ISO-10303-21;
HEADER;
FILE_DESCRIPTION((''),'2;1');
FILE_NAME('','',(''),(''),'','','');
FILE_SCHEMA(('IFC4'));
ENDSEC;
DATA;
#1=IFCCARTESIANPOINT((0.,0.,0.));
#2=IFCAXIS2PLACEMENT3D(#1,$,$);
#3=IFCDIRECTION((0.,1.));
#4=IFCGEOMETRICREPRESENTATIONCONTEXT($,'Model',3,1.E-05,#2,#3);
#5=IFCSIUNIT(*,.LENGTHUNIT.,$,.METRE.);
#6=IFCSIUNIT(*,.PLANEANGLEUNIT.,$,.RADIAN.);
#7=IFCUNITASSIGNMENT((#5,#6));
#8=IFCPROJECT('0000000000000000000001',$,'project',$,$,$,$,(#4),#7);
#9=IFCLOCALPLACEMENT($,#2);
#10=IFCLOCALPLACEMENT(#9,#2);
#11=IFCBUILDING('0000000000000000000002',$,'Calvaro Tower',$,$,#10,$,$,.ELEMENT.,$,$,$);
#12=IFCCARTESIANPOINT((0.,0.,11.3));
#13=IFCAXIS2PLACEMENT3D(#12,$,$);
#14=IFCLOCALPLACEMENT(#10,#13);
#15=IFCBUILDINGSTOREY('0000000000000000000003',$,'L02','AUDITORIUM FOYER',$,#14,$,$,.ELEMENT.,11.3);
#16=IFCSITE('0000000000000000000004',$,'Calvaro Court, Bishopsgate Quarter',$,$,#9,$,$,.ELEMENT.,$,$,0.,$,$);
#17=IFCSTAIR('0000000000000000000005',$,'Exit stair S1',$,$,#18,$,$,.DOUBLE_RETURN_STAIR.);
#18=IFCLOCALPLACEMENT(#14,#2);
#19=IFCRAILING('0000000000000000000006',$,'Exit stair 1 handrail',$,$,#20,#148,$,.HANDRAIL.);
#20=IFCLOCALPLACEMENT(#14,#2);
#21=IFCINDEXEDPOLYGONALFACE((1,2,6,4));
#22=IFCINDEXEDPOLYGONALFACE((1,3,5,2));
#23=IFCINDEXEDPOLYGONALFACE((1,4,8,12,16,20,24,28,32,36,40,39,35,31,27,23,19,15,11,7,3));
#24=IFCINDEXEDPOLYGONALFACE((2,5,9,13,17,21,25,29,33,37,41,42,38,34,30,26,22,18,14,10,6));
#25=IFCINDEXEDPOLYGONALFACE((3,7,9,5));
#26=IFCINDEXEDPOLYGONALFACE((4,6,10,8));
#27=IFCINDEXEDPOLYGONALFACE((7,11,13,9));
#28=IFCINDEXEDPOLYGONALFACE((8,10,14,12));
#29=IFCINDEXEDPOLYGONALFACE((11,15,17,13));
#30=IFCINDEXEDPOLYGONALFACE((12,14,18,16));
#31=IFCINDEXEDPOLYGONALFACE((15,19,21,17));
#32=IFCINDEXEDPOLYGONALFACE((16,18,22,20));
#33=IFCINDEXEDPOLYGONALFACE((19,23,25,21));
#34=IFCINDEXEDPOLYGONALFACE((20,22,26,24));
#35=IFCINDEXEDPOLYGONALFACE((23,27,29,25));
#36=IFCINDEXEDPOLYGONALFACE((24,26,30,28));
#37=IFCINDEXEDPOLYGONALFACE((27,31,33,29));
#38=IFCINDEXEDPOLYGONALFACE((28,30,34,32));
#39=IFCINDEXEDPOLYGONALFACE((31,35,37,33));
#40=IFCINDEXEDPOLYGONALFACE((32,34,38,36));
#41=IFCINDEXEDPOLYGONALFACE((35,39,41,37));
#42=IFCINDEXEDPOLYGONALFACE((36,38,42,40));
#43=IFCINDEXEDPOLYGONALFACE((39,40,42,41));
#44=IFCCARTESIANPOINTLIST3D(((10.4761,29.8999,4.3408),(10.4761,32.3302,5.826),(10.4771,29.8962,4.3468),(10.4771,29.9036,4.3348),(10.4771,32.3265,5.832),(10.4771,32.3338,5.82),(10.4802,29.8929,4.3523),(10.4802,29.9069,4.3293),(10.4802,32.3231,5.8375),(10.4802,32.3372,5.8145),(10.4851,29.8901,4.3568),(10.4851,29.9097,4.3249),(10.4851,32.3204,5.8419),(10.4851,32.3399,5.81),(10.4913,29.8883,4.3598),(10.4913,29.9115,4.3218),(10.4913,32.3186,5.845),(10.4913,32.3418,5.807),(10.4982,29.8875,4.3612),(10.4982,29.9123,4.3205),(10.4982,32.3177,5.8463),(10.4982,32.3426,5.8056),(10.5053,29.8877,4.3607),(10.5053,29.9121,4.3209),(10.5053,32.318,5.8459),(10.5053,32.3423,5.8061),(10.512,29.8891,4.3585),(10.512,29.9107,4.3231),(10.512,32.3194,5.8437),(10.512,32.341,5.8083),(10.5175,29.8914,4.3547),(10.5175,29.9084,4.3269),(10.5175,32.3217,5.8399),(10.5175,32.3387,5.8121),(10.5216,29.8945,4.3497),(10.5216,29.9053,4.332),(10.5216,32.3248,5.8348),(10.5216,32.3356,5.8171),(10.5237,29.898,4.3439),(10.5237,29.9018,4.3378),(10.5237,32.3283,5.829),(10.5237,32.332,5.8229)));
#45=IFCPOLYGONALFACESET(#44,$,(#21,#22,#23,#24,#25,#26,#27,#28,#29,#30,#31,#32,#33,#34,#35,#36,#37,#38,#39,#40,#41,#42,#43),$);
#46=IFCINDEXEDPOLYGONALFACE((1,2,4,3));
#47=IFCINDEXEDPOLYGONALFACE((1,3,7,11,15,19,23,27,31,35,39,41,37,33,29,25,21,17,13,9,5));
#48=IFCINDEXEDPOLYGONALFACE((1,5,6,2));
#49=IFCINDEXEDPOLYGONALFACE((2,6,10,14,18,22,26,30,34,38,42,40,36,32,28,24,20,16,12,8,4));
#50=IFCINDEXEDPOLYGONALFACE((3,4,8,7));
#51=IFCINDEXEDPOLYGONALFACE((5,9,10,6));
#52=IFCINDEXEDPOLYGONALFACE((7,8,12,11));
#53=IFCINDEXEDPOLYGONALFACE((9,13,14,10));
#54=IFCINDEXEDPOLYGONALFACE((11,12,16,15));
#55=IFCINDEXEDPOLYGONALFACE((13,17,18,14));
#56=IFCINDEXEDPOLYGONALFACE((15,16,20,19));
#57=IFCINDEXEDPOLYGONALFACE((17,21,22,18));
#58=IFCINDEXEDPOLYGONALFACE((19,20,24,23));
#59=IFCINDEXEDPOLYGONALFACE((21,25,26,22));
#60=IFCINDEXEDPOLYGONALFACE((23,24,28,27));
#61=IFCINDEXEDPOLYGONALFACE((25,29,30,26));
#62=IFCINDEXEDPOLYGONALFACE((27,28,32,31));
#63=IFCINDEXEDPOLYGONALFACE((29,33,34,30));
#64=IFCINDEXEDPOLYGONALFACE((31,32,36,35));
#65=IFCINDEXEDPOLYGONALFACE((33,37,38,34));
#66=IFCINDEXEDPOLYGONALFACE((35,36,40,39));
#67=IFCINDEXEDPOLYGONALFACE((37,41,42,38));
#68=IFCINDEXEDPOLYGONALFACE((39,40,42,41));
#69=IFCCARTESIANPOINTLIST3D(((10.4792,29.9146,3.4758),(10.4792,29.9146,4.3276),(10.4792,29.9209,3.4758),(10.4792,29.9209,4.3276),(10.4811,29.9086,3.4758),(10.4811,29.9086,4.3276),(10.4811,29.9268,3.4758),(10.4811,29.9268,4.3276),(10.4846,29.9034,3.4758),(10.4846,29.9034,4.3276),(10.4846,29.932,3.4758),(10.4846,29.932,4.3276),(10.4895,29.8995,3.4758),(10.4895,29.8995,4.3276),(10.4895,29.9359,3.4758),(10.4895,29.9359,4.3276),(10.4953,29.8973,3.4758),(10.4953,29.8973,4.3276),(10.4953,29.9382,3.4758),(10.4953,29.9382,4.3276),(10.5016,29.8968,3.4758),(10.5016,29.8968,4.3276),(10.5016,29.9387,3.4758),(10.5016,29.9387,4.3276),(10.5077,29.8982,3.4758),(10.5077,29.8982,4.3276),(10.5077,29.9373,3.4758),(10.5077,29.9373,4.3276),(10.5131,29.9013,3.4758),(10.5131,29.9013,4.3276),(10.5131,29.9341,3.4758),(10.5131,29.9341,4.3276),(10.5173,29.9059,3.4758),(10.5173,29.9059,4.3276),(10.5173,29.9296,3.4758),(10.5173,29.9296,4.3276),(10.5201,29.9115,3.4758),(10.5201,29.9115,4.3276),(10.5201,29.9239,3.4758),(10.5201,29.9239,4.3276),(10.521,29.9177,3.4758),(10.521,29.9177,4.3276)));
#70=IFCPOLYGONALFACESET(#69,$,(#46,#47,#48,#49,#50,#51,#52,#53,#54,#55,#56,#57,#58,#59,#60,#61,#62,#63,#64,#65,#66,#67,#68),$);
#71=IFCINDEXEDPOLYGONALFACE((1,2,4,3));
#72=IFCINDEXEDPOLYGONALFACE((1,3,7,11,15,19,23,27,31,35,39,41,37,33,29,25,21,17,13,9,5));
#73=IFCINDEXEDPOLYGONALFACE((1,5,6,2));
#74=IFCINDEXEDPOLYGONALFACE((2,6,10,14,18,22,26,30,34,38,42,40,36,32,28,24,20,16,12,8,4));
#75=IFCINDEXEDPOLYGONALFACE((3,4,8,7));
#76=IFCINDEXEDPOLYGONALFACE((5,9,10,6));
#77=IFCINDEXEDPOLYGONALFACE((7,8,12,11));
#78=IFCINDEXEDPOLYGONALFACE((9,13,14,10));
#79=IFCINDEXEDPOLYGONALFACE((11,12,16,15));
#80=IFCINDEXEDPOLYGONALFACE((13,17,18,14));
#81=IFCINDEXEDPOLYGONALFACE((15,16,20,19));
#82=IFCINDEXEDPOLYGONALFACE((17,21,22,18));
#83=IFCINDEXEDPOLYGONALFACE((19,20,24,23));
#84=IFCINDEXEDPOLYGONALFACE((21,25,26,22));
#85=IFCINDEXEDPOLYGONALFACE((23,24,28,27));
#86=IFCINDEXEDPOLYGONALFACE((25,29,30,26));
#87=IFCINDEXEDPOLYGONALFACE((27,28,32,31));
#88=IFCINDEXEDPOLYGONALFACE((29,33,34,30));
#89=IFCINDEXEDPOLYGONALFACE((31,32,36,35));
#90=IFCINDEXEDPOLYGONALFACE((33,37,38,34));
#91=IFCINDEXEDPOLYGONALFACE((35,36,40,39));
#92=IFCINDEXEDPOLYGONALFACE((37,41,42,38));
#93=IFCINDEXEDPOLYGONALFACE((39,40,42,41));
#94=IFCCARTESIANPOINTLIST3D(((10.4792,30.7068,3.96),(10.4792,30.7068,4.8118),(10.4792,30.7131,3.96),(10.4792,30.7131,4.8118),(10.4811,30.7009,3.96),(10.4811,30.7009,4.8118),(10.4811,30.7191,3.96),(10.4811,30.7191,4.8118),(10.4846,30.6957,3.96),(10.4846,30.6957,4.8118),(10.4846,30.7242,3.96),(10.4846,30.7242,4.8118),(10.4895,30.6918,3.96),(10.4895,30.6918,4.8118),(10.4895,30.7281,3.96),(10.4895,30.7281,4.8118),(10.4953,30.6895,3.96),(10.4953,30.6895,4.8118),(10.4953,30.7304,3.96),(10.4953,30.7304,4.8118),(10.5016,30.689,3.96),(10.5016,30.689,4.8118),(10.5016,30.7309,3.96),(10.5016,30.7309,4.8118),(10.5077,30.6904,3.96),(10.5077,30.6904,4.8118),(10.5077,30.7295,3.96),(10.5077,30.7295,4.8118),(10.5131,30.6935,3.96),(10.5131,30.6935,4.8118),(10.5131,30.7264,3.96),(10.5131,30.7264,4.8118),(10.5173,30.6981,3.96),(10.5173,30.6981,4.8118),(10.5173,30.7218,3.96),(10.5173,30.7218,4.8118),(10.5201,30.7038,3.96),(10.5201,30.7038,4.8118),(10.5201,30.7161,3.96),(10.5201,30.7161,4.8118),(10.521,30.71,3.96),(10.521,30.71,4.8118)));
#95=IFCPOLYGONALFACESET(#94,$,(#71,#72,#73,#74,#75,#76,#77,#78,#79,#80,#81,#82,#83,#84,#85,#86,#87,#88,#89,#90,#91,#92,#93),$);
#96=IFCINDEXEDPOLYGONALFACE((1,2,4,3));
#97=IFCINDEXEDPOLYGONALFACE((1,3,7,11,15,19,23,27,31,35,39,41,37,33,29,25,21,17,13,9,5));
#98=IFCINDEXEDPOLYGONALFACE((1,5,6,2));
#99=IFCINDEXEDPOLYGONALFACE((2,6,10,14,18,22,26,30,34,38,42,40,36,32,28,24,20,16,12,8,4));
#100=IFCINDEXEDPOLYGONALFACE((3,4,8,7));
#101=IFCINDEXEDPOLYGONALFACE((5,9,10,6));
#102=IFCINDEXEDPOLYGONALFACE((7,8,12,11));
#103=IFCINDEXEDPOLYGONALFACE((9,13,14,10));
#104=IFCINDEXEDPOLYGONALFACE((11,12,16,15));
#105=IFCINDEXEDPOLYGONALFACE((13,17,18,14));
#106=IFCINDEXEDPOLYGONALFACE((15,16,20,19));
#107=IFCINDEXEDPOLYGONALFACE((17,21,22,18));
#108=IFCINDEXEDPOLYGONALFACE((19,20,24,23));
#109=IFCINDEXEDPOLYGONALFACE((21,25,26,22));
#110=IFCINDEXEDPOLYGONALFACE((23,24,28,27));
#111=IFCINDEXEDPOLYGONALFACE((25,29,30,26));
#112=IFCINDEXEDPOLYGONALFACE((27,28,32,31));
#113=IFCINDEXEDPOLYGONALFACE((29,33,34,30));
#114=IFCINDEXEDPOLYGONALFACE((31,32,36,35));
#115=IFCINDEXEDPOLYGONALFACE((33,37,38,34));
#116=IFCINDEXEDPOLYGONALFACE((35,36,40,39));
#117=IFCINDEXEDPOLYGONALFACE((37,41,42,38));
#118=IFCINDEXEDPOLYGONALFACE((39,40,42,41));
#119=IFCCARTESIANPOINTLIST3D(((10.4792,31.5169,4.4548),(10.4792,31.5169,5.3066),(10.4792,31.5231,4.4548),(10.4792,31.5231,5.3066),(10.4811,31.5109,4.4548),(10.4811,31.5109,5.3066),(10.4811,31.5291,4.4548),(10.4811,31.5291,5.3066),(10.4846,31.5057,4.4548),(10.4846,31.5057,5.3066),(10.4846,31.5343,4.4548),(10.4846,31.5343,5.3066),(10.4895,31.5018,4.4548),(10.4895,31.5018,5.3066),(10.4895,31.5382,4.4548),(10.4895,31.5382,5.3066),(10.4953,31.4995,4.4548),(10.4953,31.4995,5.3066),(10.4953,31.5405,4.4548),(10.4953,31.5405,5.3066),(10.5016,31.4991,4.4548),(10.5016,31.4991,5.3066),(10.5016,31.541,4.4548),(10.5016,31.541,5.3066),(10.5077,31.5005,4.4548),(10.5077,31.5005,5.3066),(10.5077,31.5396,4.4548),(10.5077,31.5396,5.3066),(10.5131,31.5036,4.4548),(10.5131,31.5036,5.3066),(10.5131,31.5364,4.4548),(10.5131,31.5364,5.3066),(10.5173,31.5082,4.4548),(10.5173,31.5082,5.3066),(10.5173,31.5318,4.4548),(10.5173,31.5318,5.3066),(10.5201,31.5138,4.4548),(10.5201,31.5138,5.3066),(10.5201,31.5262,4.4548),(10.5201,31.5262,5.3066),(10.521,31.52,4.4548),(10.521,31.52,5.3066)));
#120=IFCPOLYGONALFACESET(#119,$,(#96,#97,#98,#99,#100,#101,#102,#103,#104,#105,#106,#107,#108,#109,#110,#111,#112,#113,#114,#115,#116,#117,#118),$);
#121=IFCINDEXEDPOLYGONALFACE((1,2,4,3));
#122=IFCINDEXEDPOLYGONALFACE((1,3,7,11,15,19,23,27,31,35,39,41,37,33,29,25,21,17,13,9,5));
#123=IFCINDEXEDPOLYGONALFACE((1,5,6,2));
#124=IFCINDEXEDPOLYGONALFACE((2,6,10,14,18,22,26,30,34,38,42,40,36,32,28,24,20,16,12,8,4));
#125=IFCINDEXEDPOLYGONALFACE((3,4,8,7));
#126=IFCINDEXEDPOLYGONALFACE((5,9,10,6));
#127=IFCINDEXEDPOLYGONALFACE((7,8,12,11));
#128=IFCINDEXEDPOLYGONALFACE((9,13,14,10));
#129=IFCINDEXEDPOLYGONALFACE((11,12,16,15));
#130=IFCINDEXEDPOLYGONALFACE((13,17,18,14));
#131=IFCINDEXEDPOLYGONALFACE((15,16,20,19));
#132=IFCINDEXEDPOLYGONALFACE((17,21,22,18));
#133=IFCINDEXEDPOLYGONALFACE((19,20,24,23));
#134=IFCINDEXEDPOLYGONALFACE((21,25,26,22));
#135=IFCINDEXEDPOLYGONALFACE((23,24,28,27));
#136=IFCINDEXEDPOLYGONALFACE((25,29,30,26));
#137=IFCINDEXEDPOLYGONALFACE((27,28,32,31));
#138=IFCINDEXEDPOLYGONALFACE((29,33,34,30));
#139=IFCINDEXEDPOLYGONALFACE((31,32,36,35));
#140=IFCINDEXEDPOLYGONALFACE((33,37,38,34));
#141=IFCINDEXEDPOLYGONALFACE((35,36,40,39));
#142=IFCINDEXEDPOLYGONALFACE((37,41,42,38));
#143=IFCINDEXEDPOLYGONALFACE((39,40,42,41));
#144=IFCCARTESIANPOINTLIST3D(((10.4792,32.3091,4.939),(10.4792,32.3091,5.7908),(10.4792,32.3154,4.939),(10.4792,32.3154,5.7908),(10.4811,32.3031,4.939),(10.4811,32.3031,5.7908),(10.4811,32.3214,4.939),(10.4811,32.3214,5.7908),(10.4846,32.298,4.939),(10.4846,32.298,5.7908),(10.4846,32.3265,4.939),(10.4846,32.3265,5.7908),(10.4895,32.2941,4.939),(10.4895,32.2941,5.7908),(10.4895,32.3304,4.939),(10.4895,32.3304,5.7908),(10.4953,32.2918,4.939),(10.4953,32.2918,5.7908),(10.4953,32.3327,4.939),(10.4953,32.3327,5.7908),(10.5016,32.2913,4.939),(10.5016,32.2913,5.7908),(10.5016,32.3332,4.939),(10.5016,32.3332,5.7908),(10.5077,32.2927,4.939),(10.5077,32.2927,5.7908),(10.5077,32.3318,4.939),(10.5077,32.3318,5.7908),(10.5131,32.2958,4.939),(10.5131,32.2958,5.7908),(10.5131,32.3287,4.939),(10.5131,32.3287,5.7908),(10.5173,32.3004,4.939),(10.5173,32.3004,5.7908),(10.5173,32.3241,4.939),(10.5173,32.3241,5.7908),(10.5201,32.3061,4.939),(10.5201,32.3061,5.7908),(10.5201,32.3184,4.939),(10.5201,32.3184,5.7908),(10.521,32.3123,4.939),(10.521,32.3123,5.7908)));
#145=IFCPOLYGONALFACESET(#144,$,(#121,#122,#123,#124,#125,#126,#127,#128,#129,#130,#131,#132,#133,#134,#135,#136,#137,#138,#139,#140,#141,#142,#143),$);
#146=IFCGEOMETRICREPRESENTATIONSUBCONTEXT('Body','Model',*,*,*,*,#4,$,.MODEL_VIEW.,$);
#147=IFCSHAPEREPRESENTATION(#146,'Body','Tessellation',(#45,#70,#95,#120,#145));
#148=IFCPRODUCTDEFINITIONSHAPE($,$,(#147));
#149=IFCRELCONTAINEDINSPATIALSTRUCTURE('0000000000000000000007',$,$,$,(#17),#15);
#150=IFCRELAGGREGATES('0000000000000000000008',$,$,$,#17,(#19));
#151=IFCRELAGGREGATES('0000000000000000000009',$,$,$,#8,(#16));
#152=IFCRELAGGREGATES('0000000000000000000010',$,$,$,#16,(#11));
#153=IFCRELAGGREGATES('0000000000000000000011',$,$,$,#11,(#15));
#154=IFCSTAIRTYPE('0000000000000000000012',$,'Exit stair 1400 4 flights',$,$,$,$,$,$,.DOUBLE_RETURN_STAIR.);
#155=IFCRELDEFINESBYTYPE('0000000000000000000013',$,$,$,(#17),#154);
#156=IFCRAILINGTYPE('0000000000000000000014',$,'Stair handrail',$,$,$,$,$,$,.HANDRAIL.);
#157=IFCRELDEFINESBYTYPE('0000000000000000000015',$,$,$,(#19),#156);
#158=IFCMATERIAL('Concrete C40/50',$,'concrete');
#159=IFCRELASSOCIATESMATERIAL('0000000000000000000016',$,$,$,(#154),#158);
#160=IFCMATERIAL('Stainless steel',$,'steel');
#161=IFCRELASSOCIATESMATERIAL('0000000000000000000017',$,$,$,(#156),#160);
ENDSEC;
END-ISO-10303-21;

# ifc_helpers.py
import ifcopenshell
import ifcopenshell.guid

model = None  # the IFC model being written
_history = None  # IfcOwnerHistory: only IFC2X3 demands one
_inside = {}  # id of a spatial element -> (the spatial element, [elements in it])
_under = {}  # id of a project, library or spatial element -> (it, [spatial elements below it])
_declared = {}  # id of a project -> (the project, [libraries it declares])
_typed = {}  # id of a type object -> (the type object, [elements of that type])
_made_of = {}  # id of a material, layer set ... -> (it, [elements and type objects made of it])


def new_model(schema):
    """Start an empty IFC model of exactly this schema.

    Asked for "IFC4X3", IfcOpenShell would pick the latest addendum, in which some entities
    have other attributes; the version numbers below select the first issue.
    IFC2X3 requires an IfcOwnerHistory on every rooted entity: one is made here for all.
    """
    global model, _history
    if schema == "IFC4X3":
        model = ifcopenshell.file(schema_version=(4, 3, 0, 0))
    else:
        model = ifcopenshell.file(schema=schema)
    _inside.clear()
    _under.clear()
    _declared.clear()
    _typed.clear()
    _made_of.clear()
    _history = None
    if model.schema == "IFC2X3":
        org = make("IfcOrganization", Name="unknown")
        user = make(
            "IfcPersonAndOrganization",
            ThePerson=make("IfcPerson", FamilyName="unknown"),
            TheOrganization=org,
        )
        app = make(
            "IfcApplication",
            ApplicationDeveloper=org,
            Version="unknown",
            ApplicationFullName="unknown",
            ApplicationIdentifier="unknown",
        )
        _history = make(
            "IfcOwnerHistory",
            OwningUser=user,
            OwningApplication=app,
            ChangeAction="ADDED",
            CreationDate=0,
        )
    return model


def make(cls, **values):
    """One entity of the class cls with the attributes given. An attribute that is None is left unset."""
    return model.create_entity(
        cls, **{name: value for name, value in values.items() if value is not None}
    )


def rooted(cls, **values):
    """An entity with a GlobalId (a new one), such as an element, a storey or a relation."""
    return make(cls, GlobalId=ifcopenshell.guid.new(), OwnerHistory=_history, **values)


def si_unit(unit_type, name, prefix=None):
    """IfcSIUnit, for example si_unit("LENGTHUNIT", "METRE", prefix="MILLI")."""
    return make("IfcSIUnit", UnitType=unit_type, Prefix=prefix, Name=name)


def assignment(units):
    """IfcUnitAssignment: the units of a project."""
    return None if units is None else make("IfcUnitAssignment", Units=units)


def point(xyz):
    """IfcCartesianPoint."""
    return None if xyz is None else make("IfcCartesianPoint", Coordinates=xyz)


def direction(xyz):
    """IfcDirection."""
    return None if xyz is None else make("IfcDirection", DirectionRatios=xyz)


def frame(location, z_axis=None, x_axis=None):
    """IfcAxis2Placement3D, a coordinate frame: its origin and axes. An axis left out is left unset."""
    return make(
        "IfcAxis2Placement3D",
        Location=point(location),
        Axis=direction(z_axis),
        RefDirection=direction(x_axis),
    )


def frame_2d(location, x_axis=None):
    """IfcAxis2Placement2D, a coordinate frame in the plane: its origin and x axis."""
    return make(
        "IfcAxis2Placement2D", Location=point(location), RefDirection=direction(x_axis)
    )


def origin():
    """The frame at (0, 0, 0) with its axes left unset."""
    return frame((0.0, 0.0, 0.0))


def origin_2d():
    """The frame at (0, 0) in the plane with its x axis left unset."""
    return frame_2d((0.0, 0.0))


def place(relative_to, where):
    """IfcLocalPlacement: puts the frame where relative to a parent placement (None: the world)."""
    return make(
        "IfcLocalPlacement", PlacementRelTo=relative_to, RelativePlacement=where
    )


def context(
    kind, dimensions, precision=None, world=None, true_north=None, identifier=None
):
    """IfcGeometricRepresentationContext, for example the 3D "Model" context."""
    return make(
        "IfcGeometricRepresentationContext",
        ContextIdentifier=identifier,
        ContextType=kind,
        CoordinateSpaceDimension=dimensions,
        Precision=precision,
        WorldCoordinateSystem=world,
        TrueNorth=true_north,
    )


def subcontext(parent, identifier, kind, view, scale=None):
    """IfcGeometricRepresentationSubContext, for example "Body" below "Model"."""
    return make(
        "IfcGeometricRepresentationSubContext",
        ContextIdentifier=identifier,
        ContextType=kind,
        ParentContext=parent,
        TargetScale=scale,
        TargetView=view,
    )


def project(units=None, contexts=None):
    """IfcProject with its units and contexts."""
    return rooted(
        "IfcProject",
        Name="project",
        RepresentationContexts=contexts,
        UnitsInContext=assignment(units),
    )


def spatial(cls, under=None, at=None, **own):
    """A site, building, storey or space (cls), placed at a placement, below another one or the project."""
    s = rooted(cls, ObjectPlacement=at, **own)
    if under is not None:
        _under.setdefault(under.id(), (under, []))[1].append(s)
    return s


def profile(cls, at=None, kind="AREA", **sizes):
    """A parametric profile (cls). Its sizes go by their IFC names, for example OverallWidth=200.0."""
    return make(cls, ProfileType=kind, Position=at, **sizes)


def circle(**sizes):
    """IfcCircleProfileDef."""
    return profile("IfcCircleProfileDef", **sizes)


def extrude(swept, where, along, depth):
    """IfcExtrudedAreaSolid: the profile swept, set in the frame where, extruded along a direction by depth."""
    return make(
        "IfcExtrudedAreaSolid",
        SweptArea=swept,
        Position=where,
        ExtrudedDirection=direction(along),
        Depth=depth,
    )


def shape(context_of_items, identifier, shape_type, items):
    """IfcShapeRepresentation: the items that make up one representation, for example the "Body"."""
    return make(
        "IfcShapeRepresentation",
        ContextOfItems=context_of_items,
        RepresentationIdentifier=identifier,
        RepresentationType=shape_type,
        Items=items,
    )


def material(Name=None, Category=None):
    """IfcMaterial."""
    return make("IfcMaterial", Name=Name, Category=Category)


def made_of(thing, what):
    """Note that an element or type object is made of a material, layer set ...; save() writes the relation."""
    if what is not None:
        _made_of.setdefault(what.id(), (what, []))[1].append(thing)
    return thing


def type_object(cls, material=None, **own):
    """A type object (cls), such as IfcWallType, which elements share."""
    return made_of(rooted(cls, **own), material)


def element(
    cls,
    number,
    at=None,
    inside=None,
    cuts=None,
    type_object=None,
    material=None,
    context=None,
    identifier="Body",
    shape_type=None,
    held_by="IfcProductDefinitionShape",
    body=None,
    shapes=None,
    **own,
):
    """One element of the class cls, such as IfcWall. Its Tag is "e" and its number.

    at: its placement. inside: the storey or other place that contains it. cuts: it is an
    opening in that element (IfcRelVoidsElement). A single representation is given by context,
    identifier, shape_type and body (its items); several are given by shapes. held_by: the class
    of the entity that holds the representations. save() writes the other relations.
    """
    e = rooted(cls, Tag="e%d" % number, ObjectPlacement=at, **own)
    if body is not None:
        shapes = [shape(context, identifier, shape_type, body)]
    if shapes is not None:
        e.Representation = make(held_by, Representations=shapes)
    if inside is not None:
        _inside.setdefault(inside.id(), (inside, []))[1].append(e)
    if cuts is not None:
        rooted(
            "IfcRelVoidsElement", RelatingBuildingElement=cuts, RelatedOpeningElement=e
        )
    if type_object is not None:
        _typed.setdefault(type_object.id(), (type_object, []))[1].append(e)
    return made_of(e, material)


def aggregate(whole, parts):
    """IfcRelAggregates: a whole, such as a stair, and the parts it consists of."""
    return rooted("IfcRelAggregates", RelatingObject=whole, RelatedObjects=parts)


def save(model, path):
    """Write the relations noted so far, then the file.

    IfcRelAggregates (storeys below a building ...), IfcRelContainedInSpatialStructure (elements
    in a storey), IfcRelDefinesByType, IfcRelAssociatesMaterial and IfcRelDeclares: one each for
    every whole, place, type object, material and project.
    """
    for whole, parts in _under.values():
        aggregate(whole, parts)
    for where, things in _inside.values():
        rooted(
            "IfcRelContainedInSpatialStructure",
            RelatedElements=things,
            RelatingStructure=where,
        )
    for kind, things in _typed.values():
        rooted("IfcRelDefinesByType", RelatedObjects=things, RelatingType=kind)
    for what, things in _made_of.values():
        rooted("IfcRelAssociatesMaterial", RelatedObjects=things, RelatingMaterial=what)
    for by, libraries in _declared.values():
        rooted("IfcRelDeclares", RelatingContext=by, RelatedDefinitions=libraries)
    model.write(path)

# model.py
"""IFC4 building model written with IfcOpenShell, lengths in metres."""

from ifc_helpers import new_model, si_unit, direction, frame, origin, origin_2d, place, context, subcontext, project, spatial, circle, extrude, material, type_object, element, aggregate, save


model = new_model("IFC4")

# Units and contexts
model_context = context("Model", 3, precision=1e-05, world=origin(), true_north=direction((0.0, 1.0)))
body_context = subcontext(model_context, "Body", "Model", "MODEL_VIEW")
ifc_project = project(units=[si_unit("LENGTHUNIT", "METRE"), si_unit("PLANEANGLEUNIT", "RADIAN")], contexts=[model_context])

# Site, building, storey
site_placement = place(None, origin())
site = spatial("IfcSite", under=ifc_project, at=site_placement, Name="Calvaro Court, Bishopsgate Quarter", CompositionType="ELEMENT", RefElevation=0.0)
building_placement = place(site_placement, origin())
building = spatial("IfcBuilding", under=site, at=building_placement, Name="Calvaro Tower", CompositionType="ELEMENT")
storey_placement = place(building_placement, frame((0.0, 0.0, 11.3)))
storey = spatial("IfcBuildingStorey", under=building, at=storey_placement, Name="L02", Description="AUDITORIUM FOYER", CompositionType="ELEMENT", Elevation=11.3)

# Stair
ifc_material_1 = material(Name="Concrete C40/50", Category="concrete")
stair_type = type_object("IfcStairType", Name="Exit stair 1400 4 flights", PredefinedType="DOUBLE_RETURN_STAIR", material=ifc_material_1)
stair_1_placement = place(storey_placement, origin())
stair_1 = element("IfcStair", 1, at=stair_1_placement, inside=storey, type_object=stair_type, Name="Exit stair S1", PredefinedType="DOUBLE_RETURN_STAIR")

# Railing
ifc_material_2 = material(Name="Stainless steel", Category="steel")
railing_type = type_object("IfcRailingType", Name="Stair handrail", PredefinedType="HANDRAIL", material=ifc_material_2)
railing_1_placement = place(storey_placement, frame((10.5, 29.8999, 3.4648)))
railing_1 = element("IfcRailing", 2, at=railing_1_placement, type_object=railing_type, Name="Exit stair 1 handrail", PredefinedType="HANDRAIL", context=body_context, shape_type="SweptSolid", body=[
    extrude(circle(Radius=0.0239, at=origin_2d()), frame((0.0, 0.0, 0.876), z_axis=(0.0, 0.853282, 0.52145), x_axis=(-1.0, 0.0, 0.0)), (0.0, 0.0, 1.0), 2.8481),
    extrude(circle(Radius=0.021, at=origin_2d()), frame((0.0, 0.0178, 0.011)), (0.0, 0.0, 1.0), 0.8518),
    extrude(circle(Radius=0.021, at=origin_2d()), frame((0.0, 0.8101, 0.4951)), (0.0, 0.0, 1.0), 0.8518),
    extrude(circle(Radius=0.021, at=origin_2d()), frame((0.0, 1.6201, 0.99)), (0.0, 0.0, 1.0), 0.8518),
    extrude(circle(Radius=0.021, at=origin_2d()), frame((0.0, 2.4124, 1.4741)), (0.0, 0.0, 1.0), 0.8518),
])
aggregate(stair_1, [railing_1])

save(model, "model.ifc")
